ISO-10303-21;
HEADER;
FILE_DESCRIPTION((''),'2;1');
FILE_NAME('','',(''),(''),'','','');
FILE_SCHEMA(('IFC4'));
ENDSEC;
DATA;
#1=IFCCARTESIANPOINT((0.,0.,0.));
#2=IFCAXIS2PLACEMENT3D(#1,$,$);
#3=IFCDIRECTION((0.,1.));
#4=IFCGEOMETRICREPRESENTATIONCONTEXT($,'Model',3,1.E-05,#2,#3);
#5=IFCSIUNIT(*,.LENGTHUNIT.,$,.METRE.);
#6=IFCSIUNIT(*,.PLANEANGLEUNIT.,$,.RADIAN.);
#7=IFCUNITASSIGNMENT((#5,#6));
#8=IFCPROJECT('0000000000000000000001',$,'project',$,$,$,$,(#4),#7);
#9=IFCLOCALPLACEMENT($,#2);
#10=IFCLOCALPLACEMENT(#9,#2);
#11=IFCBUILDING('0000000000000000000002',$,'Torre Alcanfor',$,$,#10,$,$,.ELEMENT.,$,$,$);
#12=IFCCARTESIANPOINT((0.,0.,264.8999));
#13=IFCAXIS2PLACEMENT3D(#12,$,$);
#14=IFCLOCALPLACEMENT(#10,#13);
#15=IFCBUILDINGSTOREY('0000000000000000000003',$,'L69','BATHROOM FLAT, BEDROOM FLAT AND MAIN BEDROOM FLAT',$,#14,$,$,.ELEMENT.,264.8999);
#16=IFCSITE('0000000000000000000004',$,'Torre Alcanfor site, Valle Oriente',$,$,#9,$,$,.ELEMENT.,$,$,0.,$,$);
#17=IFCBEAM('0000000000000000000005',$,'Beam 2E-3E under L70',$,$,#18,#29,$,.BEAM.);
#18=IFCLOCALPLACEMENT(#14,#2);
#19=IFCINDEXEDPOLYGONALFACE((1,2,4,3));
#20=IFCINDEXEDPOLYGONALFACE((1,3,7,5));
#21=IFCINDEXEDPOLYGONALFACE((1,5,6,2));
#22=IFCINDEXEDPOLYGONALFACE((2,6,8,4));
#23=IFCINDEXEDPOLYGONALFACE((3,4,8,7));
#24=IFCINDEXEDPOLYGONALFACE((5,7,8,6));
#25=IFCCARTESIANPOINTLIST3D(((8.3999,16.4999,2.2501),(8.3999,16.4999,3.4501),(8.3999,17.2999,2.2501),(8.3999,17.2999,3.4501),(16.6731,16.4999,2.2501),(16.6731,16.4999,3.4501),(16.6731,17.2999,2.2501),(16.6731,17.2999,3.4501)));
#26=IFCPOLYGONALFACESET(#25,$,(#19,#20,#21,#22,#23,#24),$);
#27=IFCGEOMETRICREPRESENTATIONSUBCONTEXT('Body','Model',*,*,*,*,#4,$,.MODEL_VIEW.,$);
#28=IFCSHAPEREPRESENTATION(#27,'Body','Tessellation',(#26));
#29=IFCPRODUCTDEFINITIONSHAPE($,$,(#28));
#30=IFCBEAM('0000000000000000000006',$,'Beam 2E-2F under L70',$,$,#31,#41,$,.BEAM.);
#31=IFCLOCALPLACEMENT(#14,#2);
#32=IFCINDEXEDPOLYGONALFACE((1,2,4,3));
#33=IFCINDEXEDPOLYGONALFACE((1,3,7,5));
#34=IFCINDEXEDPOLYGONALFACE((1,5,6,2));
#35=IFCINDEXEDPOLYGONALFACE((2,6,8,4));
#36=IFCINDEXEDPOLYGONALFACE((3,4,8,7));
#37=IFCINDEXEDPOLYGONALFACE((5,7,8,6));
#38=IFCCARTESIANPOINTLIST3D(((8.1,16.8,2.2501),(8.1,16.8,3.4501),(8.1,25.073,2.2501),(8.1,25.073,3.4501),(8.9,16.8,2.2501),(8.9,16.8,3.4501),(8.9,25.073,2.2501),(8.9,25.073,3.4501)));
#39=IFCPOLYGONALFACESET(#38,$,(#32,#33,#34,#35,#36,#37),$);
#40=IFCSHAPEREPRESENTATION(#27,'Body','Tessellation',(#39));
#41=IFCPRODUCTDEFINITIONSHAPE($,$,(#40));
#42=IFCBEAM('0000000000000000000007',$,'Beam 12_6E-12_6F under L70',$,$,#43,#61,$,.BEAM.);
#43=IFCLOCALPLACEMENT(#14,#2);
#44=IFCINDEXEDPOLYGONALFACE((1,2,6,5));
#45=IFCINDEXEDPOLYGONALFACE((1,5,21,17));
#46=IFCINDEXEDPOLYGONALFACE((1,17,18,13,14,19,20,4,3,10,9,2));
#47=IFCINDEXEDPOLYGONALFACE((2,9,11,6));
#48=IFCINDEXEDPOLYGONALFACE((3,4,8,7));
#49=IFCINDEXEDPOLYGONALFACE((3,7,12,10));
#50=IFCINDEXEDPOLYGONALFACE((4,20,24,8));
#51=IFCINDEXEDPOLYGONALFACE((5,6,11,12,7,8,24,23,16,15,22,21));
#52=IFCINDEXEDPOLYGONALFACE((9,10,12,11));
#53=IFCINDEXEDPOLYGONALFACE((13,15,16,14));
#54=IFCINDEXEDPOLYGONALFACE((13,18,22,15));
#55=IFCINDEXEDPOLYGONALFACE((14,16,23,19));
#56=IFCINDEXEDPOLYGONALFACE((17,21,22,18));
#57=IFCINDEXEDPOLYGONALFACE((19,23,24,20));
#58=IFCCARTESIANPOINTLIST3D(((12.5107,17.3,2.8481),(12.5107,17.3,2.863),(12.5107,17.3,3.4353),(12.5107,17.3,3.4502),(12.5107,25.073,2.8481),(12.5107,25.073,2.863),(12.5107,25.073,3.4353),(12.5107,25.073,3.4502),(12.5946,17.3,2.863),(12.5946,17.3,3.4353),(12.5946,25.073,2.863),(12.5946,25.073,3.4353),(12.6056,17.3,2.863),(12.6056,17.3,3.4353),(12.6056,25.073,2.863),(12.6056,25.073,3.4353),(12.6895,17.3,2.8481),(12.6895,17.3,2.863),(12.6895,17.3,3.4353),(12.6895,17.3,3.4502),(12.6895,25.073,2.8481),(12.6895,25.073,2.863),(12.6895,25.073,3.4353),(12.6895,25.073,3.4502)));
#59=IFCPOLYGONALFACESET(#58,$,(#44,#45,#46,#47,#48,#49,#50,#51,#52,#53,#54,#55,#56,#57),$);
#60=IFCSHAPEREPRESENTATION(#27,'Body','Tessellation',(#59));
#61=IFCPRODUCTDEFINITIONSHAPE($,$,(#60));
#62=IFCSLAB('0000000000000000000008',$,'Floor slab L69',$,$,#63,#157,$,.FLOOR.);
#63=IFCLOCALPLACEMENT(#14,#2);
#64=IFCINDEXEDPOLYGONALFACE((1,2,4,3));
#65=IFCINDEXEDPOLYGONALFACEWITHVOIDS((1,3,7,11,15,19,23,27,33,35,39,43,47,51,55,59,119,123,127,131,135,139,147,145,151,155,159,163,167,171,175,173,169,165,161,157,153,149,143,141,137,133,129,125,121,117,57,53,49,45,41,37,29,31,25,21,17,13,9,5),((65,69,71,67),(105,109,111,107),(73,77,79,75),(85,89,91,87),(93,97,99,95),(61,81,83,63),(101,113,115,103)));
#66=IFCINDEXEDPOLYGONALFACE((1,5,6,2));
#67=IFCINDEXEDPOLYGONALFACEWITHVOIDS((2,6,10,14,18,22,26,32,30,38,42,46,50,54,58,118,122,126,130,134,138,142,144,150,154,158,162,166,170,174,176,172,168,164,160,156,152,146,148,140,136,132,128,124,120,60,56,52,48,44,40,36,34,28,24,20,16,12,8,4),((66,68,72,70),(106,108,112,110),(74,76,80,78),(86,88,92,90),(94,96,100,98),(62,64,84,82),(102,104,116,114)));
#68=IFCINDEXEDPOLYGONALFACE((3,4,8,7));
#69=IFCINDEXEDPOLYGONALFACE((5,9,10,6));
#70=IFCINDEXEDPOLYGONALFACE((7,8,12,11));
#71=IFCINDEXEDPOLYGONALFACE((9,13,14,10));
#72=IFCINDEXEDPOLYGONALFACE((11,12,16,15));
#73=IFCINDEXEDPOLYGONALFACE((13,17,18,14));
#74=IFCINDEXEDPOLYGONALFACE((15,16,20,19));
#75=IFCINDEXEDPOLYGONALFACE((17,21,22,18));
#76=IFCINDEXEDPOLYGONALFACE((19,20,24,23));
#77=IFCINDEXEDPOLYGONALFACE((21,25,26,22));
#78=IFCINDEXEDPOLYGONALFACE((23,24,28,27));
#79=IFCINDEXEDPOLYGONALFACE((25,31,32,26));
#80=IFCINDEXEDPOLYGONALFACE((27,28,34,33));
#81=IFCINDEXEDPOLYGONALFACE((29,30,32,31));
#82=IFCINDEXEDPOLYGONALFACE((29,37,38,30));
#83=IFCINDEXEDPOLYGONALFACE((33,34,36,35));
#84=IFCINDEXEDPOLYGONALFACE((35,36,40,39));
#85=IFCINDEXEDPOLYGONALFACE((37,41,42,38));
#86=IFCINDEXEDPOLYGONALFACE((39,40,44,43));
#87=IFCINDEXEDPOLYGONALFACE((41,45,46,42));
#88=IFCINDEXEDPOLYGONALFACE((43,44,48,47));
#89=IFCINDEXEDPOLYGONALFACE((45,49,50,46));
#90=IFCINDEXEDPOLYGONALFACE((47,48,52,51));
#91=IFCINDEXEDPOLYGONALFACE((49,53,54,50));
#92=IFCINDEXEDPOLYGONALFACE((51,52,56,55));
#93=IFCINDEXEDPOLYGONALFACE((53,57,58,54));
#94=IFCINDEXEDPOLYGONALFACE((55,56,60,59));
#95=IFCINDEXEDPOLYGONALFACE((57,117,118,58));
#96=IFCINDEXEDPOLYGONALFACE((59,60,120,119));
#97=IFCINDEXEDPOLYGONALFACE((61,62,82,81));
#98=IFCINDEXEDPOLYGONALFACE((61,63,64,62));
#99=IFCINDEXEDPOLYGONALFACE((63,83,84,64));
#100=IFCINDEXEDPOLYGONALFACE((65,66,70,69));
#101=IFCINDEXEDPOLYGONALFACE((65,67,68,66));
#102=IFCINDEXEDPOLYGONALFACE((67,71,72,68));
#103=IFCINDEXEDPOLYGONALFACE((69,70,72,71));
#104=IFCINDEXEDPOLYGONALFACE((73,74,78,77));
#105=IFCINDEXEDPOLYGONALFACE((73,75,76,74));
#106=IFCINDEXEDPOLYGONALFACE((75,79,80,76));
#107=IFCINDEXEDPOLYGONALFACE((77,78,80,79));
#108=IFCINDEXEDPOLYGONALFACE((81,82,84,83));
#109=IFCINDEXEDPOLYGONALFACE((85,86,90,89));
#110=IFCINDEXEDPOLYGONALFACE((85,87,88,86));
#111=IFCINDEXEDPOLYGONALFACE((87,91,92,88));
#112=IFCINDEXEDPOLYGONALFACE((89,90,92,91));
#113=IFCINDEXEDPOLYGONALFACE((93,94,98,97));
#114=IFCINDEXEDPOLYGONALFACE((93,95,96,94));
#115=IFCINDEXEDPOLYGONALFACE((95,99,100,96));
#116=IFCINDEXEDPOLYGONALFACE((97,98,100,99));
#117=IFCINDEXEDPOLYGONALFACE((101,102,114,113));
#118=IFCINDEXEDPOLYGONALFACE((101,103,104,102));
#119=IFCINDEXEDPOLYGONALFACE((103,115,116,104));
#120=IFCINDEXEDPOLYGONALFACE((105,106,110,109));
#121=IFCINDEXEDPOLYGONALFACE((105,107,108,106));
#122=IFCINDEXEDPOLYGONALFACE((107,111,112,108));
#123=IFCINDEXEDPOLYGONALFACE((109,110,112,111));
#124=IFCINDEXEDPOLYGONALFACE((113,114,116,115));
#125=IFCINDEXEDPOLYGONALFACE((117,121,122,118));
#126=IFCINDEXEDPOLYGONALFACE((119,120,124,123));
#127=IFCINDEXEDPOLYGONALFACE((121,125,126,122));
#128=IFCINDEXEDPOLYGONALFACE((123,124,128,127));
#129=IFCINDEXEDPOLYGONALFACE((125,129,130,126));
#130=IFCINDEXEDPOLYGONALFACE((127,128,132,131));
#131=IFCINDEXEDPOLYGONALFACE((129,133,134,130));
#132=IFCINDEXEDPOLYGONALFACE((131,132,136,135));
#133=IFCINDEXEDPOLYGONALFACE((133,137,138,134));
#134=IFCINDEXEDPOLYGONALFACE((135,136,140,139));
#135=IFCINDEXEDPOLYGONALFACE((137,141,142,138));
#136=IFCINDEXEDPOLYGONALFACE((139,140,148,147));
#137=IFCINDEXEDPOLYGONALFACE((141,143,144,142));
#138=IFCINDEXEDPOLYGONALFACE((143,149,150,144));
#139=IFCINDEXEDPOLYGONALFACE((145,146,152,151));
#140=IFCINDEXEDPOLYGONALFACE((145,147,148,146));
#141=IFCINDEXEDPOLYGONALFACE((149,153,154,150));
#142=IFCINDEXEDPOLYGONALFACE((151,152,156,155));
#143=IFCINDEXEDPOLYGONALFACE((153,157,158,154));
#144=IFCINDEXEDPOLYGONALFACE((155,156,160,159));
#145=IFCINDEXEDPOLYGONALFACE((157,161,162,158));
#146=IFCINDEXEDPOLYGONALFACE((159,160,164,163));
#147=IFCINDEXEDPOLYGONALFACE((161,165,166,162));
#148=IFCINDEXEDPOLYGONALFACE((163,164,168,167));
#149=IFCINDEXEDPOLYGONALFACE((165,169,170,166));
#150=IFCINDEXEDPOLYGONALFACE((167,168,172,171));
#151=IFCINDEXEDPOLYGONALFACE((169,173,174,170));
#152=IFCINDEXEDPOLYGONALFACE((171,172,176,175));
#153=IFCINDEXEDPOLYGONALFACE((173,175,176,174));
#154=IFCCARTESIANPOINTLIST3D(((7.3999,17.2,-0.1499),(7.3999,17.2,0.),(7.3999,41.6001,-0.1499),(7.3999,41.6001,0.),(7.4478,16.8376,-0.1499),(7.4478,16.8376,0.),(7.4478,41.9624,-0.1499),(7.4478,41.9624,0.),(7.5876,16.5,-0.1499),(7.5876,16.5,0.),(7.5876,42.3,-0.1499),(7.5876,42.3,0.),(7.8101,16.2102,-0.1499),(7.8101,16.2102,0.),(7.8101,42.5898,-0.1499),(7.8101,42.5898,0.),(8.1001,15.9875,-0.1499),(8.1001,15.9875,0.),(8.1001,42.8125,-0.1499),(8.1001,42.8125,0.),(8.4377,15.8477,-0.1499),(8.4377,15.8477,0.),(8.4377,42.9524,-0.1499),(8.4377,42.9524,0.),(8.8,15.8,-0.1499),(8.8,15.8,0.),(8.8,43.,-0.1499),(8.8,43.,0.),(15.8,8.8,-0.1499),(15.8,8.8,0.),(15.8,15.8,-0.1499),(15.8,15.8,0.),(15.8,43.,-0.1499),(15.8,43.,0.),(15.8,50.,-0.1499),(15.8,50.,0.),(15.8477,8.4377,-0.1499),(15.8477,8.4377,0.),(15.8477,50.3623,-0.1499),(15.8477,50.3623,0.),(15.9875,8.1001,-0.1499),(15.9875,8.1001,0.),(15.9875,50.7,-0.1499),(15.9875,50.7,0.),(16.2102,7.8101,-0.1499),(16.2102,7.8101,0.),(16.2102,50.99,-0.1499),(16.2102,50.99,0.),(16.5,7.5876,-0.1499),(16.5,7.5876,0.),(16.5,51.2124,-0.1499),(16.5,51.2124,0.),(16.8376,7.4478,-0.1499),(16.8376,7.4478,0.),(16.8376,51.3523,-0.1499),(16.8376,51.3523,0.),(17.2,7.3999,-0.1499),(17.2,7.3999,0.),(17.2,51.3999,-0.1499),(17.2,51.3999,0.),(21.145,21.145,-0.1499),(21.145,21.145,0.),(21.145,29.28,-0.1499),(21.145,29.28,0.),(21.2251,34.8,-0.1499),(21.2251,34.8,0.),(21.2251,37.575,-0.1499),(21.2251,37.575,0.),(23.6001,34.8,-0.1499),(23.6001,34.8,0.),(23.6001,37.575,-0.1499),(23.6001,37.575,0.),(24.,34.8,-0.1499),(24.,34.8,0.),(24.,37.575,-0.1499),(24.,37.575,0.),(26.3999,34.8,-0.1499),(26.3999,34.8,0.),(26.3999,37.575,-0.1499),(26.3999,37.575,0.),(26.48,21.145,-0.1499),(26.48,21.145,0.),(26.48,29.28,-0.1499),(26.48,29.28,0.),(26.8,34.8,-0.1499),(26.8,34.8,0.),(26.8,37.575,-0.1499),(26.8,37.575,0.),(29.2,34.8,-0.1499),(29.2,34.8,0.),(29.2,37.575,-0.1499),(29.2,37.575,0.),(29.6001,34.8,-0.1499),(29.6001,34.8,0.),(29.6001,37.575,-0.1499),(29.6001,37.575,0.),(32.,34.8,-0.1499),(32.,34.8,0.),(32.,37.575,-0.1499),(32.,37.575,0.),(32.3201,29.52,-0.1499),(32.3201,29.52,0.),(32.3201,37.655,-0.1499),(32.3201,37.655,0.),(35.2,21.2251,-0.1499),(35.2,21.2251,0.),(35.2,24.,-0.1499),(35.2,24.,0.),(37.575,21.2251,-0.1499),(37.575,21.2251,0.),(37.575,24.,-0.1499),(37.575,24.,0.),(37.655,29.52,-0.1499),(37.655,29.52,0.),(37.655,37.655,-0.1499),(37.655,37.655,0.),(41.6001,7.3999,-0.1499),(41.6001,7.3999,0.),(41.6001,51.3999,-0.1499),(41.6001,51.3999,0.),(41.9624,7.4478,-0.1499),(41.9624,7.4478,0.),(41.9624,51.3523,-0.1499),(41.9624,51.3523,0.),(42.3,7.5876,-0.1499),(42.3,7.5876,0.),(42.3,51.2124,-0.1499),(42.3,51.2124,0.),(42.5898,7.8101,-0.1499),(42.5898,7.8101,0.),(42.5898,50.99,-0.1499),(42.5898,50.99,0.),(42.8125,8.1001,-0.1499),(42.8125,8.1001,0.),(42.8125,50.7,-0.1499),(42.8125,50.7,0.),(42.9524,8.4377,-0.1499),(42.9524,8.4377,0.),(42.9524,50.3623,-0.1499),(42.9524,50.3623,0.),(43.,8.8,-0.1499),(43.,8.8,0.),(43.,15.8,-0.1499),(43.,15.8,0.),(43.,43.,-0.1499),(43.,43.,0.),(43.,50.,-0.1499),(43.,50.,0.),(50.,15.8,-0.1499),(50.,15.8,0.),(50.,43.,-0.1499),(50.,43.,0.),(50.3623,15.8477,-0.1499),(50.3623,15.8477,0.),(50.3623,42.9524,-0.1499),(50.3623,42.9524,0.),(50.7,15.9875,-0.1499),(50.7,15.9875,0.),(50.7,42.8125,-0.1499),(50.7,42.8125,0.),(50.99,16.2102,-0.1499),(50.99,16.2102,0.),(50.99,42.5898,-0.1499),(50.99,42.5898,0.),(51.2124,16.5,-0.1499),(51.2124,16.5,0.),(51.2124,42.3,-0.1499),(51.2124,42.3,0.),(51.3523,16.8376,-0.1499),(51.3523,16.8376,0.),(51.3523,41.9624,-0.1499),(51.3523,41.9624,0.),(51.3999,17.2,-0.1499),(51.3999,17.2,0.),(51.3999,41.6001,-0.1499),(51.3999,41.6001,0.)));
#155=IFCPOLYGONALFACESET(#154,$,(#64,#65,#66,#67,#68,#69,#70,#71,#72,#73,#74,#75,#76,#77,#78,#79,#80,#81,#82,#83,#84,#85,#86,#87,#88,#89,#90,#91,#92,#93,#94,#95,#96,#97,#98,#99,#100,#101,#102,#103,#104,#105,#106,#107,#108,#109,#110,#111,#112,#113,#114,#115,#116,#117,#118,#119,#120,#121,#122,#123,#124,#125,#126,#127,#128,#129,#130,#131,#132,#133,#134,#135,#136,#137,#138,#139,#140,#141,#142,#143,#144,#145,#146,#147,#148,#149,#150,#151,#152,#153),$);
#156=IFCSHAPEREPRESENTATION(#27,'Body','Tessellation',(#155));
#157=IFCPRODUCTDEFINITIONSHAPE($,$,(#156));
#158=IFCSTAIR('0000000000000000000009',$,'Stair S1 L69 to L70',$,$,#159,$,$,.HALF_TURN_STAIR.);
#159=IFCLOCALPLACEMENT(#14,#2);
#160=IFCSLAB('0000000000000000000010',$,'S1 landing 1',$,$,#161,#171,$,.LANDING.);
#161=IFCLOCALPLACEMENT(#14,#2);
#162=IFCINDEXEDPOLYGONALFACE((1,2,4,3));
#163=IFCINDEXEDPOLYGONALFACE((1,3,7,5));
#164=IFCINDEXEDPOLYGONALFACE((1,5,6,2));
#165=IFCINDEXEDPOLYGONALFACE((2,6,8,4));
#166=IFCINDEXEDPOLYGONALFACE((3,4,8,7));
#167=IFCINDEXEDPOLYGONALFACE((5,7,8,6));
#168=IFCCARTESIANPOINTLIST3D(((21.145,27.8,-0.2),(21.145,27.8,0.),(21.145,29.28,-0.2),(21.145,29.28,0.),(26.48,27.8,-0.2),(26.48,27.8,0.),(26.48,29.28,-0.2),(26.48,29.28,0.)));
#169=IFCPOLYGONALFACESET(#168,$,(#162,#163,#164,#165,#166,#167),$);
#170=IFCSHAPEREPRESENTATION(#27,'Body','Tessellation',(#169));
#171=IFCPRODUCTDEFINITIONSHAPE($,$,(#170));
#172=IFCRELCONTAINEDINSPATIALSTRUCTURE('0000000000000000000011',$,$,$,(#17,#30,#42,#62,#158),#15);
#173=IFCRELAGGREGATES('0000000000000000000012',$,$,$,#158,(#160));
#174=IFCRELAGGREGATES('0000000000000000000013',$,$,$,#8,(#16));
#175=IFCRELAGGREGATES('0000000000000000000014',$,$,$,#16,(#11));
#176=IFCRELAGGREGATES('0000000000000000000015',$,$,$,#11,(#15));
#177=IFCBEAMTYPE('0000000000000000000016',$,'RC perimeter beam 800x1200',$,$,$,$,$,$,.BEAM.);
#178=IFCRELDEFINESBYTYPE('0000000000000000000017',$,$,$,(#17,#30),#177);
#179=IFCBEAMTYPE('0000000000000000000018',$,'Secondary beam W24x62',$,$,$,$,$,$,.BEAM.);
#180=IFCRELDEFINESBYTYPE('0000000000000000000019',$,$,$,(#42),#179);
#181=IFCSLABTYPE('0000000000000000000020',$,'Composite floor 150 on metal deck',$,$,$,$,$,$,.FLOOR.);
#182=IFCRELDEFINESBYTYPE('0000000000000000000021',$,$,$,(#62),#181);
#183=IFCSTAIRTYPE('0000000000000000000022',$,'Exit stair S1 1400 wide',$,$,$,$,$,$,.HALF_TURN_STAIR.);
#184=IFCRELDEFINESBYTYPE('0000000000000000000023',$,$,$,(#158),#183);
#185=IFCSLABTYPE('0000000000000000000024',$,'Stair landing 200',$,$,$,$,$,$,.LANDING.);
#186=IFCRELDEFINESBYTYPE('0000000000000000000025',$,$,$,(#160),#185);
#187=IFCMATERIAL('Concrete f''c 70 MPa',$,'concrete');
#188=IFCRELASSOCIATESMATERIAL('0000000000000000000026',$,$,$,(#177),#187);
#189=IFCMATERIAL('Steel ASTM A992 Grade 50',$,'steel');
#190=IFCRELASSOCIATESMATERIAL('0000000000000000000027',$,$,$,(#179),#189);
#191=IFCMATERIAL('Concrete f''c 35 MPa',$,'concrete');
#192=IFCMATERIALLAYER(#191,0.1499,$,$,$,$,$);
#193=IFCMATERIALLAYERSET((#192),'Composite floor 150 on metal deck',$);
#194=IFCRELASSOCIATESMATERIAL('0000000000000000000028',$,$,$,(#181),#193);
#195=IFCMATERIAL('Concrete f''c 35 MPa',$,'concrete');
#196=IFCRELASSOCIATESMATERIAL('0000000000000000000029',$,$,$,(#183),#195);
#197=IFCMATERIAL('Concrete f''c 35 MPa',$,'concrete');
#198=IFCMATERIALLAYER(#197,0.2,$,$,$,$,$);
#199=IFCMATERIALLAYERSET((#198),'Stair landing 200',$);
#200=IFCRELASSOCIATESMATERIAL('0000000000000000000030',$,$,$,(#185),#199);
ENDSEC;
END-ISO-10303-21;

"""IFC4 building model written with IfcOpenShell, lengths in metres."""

from ifc_helpers import new_model, si_unit, direction, frame, origin, origin_2d, place, context, subcontext, project, spatial, polyline, rectangle, i_section, outline, extrude, material, layer, layer_set, material_profile, profile_set, type_object, element, aggregate, save


model = new_model("IFC4")

# Units and contexts
model_context = context("Model", 3, precision=1e-05, world=origin(), true_north=direction((0.0, 1.0)))
body_context = subcontext(model_context, "Body", "Model", "MODEL_VIEW")
ifc_project = project(units=[si_unit("LENGTHUNIT", "METRE"), si_unit("PLANEANGLEUNIT", "RADIAN")], contexts=[model_context])

# Site, building, storey
site_placement = place(None, origin())
site = spatial("IfcSite", under=ifc_project, at=site_placement, Name="Torre Alcanfor site, Valle Oriente", CompositionType="ELEMENT", RefElevation=0.0)
building_placement = place(site_placement, origin())
building = spatial("IfcBuilding", under=site, at=building_placement, Name="Torre Alcanfor", CompositionType="ELEMENT")
storey_placement = place(building_placement, frame((0.0, 0.0, 264.8999)))
storey = spatial("IfcBuildingStorey", under=building, at=storey_placement, Name="L69", Description="BATHROOM FLAT, BEDROOM FLAT AND MAIN BEDROOM FLAT", CompositionType="ELEMENT", Elevation=264.8999)

# Beams
ifc_material_1 = material(Name="Concrete f'c 70 MPa", Category="concrete")
ifc_material_profile_1 = material_profile(ifc_material_1, rectangle(XDim=0.8, YDim=1.2, at=origin_2d()), Name="800x1200")
ifc_profile_set_1 = profile_set([ifc_material_profile_1], Name="Concrete f'c 70 MPa")
beam_type_1 = type_object("IfcBeamType", Name="RC perimeter beam 800x1200", PredefinedType="BEAM", material=ifc_profile_set_1)
beam_1_placement = place(storey_placement, frame((8.3999, 16.8999, 2.8501), z_axis=(1.0, 0.0, 0.0), x_axis=(0.0, 1.0, 0.0)))
element("IfcBeam", 1, at=beam_1_placement, inside=storey, type_object=beam_type_1, Name="Beam 2E-3E under L70", PredefinedType="BEAM", context=body_context, shape_type="SweptSolid", body=[
    extrude(rectangle(XDim=0.8, YDim=1.2, at=origin_2d()), origin(), (0.0, 0.0, 1.0), 8.2732),
])
beam_2_placement = place(storey_placement, frame((8.5, 16.8, 2.8501), z_axis=(0.0, 1.0, 0.0), x_axis=(-1.0, 0.0, 0.0)))
element("IfcBeam", 2, at=beam_2_placement, inside=storey, type_object=beam_type_1, Name="Beam 2E-2F under L70", PredefinedType="BEAM", context=body_context, shape_type="SweptSolid", body=[
    extrude(rectangle(XDim=0.8, YDim=1.2, at=origin_2d()), origin(), (0.0, 0.0, 1.0), 8.2729),
])
ifc_material_2 = material(Name="Steel ASTM A992 Grade 50", Category="steel")
ifc_material_profile_2 = material_profile(ifc_material_2, i_section(OverallWidth=0.1787, OverallDepth=0.6021, WebThickness=0.011, FlangeThickness=0.0149, at=origin_2d()), Name="W24x62")
ifc_profile_set_2 = profile_set([ifc_material_profile_2], Name="Steel ASTM A992 Grade 50")
beam_type_2 = type_object("IfcBeamType", Name="Secondary beam W24x62", PredefinedType="BEAM", material=ifc_profile_set_2)
beam_3_placement = place(storey_placement, frame((12.6001, 17.3, 3.1492), z_axis=(0.0, 1.0, 0.0), x_axis=(-1.0, 0.0, 0.0)))
element("IfcBeam", 3, at=beam_3_placement, inside=storey, type_object=beam_type_2, Name="Beam 12_6E-12_6F under L70", PredefinedType="BEAM", context=body_context, shape_type="SweptSolid", body=[
    extrude(i_section(OverallWidth=0.1787, OverallDepth=0.6021, WebThickness=0.011, FlangeThickness=0.0149, at=origin_2d()), origin(), (0.0, 0.0, 1.0), 7.7729),
])

# Slab
ifc_material_3 = material(Name="Concrete f'c 35 MPa", Category="concrete")
ifc_layer_1 = layer(ifc_material_3, 0.1499)
ifc_layer_set_1 = layer_set([ifc_layer_1], Name="Composite floor 150 on metal deck")
slab_type_1 = type_object("IfcSlabType", Name="Composite floor 150 on metal deck", PredefinedType="FLOOR", material=ifc_layer_set_1)
slab_1_placement = place(storey_placement, frame((0.0, 0.0, -0.1499)))
element("IfcSlab", 4, at=slab_1_placement, inside=storey, type_object=slab_type_1, Name="Floor slab L69", PredefinedType="FLOOR", context=body_context, shape_type="SweptSolid", body=[
    extrude(outline(polyline([(15.8, 43.0), (8.8, 43.0), (8.4377, 42.9524), (8.1001, 42.8125), (7.8101, 42.5898), (7.5876, 42.3), (7.4478, 41.9624), (7.3999, 41.6001), (7.3999, 17.2), (7.4478, 16.8376), (7.5876, 16.5), (7.8101, 16.2102), (8.1001, 15.9875), (8.4377, 15.8477), (8.8, 15.8), (15.8, 15.8), (15.8, 8.8), (15.8477, 8.4377), (15.9875, 8.1001), (16.2102, 7.8101), (16.5, 7.5876), (16.8376, 7.4478), (17.2, 7.3999), (41.6001, 7.3999), (41.9624, 7.4478), (42.3, 7.5876), (42.5898, 7.8101), (42.8125, 8.1001), (42.9524, 8.4377), (43.0, 8.8), (43.0, 15.8), (50.0, 15.8), (50.3623, 15.8477), (50.7, 15.9875), (50.99, 16.2102), (51.2124, 16.5), (51.3523, 16.8376), (51.3999, 17.2), (51.3999, 41.6001), (51.3523, 41.9624), (51.2124, 42.3), (50.99, 42.5898), (50.7, 42.8125), (50.3623, 42.9524), (50.0, 43.0), (43.0, 43.0), (43.0, 50.0), (42.9524, 50.3623), (42.8125, 50.7), (42.5898, 50.99), (42.3, 51.2124), (41.9624, 51.3523), (41.6001, 51.3999), (17.2, 51.3999), (16.8376, 51.3523), (16.5, 51.2124), (16.2102, 50.99), (15.9875, 50.7), (15.8477, 50.3623), (15.8, 50.0), (15.8, 43.0)]), holes=[polyline([(21.145, 21.145), (26.48, 21.145), (26.48, 29.28), (21.145, 29.28), (21.145, 21.145)]), polyline([(32.3201, 29.52), (37.655, 29.52), (37.655, 37.655), (32.3201, 37.655), (32.3201, 29.52)]), polyline([(35.2, 21.2251), (37.575, 21.2251), (37.575, 24.0), (35.2, 24.0), (35.2, 21.2251)]), polyline([(21.2251, 34.8), (23.6001, 34.8), (23.6001, 37.575), (21.2251, 37.575), (21.2251, 34.8)]), polyline([(24.0, 34.8), (26.3999, 34.8), (26.3999, 37.575), (24.0, 37.575), (24.0, 34.8)]), polyline([(26.8, 34.8), (29.2, 34.8), (29.2, 37.575), (26.8, 37.575), (26.8, 34.8)]), polyline([(29.6001, 34.8), (32.0, 34.8), (32.0, 37.575), (29.6001, 37.575), (29.6001, 34.8)])]), origin(), (0.0, 0.0, 1.0), 0.1499),
])

# Stair, slab
ifc_material_4 = material(Name="Concrete f'c 35 MPa", Category="concrete")
stair_type_1 = type_object("IfcStairType", Name="Exit stair S1 1400 wide", PredefinedType="HALF_TURN_STAIR", material=ifc_material_4)
stair_1_placement = place(storey_placement, origin())
stair_1 = element("IfcStair", 5, at=stair_1_placement, inside=storey, type_object=stair_type_1, Name="Stair S1 L69 to L70", PredefinedType="HALF_TURN_STAIR")
ifc_material_5 = material(Name="Concrete f'c 35 MPa", Category="concrete")
ifc_layer_2 = layer(ifc_material_5, 0.2)
ifc_layer_set_2 = layer_set([ifc_layer_2], Name="Stair landing 200")
slab_type_2 = type_object("IfcSlabType", Name="Stair landing 200", PredefinedType="LANDING", material=ifc_layer_set_2)
slab_2_placement = place(storey_placement, frame((0.0, 0.0, -0.2)))
slab_2 = element("IfcSlab", 6, at=slab_2_placement, type_object=slab_type_2, Name="S1 landing 1", PredefinedType="LANDING", context=body_context, shape_type="SweptSolid", body=[
    extrude(outline(polyline([(21.145, 27.8), (26.48, 27.8), (26.48, 29.28), (21.145, 29.28), (21.145, 27.8)])), origin(), (0.0, 0.0, 1.0), 0.2),
])
aggregate(stair_1, [slab_2])

save(model, "model.ifc")
